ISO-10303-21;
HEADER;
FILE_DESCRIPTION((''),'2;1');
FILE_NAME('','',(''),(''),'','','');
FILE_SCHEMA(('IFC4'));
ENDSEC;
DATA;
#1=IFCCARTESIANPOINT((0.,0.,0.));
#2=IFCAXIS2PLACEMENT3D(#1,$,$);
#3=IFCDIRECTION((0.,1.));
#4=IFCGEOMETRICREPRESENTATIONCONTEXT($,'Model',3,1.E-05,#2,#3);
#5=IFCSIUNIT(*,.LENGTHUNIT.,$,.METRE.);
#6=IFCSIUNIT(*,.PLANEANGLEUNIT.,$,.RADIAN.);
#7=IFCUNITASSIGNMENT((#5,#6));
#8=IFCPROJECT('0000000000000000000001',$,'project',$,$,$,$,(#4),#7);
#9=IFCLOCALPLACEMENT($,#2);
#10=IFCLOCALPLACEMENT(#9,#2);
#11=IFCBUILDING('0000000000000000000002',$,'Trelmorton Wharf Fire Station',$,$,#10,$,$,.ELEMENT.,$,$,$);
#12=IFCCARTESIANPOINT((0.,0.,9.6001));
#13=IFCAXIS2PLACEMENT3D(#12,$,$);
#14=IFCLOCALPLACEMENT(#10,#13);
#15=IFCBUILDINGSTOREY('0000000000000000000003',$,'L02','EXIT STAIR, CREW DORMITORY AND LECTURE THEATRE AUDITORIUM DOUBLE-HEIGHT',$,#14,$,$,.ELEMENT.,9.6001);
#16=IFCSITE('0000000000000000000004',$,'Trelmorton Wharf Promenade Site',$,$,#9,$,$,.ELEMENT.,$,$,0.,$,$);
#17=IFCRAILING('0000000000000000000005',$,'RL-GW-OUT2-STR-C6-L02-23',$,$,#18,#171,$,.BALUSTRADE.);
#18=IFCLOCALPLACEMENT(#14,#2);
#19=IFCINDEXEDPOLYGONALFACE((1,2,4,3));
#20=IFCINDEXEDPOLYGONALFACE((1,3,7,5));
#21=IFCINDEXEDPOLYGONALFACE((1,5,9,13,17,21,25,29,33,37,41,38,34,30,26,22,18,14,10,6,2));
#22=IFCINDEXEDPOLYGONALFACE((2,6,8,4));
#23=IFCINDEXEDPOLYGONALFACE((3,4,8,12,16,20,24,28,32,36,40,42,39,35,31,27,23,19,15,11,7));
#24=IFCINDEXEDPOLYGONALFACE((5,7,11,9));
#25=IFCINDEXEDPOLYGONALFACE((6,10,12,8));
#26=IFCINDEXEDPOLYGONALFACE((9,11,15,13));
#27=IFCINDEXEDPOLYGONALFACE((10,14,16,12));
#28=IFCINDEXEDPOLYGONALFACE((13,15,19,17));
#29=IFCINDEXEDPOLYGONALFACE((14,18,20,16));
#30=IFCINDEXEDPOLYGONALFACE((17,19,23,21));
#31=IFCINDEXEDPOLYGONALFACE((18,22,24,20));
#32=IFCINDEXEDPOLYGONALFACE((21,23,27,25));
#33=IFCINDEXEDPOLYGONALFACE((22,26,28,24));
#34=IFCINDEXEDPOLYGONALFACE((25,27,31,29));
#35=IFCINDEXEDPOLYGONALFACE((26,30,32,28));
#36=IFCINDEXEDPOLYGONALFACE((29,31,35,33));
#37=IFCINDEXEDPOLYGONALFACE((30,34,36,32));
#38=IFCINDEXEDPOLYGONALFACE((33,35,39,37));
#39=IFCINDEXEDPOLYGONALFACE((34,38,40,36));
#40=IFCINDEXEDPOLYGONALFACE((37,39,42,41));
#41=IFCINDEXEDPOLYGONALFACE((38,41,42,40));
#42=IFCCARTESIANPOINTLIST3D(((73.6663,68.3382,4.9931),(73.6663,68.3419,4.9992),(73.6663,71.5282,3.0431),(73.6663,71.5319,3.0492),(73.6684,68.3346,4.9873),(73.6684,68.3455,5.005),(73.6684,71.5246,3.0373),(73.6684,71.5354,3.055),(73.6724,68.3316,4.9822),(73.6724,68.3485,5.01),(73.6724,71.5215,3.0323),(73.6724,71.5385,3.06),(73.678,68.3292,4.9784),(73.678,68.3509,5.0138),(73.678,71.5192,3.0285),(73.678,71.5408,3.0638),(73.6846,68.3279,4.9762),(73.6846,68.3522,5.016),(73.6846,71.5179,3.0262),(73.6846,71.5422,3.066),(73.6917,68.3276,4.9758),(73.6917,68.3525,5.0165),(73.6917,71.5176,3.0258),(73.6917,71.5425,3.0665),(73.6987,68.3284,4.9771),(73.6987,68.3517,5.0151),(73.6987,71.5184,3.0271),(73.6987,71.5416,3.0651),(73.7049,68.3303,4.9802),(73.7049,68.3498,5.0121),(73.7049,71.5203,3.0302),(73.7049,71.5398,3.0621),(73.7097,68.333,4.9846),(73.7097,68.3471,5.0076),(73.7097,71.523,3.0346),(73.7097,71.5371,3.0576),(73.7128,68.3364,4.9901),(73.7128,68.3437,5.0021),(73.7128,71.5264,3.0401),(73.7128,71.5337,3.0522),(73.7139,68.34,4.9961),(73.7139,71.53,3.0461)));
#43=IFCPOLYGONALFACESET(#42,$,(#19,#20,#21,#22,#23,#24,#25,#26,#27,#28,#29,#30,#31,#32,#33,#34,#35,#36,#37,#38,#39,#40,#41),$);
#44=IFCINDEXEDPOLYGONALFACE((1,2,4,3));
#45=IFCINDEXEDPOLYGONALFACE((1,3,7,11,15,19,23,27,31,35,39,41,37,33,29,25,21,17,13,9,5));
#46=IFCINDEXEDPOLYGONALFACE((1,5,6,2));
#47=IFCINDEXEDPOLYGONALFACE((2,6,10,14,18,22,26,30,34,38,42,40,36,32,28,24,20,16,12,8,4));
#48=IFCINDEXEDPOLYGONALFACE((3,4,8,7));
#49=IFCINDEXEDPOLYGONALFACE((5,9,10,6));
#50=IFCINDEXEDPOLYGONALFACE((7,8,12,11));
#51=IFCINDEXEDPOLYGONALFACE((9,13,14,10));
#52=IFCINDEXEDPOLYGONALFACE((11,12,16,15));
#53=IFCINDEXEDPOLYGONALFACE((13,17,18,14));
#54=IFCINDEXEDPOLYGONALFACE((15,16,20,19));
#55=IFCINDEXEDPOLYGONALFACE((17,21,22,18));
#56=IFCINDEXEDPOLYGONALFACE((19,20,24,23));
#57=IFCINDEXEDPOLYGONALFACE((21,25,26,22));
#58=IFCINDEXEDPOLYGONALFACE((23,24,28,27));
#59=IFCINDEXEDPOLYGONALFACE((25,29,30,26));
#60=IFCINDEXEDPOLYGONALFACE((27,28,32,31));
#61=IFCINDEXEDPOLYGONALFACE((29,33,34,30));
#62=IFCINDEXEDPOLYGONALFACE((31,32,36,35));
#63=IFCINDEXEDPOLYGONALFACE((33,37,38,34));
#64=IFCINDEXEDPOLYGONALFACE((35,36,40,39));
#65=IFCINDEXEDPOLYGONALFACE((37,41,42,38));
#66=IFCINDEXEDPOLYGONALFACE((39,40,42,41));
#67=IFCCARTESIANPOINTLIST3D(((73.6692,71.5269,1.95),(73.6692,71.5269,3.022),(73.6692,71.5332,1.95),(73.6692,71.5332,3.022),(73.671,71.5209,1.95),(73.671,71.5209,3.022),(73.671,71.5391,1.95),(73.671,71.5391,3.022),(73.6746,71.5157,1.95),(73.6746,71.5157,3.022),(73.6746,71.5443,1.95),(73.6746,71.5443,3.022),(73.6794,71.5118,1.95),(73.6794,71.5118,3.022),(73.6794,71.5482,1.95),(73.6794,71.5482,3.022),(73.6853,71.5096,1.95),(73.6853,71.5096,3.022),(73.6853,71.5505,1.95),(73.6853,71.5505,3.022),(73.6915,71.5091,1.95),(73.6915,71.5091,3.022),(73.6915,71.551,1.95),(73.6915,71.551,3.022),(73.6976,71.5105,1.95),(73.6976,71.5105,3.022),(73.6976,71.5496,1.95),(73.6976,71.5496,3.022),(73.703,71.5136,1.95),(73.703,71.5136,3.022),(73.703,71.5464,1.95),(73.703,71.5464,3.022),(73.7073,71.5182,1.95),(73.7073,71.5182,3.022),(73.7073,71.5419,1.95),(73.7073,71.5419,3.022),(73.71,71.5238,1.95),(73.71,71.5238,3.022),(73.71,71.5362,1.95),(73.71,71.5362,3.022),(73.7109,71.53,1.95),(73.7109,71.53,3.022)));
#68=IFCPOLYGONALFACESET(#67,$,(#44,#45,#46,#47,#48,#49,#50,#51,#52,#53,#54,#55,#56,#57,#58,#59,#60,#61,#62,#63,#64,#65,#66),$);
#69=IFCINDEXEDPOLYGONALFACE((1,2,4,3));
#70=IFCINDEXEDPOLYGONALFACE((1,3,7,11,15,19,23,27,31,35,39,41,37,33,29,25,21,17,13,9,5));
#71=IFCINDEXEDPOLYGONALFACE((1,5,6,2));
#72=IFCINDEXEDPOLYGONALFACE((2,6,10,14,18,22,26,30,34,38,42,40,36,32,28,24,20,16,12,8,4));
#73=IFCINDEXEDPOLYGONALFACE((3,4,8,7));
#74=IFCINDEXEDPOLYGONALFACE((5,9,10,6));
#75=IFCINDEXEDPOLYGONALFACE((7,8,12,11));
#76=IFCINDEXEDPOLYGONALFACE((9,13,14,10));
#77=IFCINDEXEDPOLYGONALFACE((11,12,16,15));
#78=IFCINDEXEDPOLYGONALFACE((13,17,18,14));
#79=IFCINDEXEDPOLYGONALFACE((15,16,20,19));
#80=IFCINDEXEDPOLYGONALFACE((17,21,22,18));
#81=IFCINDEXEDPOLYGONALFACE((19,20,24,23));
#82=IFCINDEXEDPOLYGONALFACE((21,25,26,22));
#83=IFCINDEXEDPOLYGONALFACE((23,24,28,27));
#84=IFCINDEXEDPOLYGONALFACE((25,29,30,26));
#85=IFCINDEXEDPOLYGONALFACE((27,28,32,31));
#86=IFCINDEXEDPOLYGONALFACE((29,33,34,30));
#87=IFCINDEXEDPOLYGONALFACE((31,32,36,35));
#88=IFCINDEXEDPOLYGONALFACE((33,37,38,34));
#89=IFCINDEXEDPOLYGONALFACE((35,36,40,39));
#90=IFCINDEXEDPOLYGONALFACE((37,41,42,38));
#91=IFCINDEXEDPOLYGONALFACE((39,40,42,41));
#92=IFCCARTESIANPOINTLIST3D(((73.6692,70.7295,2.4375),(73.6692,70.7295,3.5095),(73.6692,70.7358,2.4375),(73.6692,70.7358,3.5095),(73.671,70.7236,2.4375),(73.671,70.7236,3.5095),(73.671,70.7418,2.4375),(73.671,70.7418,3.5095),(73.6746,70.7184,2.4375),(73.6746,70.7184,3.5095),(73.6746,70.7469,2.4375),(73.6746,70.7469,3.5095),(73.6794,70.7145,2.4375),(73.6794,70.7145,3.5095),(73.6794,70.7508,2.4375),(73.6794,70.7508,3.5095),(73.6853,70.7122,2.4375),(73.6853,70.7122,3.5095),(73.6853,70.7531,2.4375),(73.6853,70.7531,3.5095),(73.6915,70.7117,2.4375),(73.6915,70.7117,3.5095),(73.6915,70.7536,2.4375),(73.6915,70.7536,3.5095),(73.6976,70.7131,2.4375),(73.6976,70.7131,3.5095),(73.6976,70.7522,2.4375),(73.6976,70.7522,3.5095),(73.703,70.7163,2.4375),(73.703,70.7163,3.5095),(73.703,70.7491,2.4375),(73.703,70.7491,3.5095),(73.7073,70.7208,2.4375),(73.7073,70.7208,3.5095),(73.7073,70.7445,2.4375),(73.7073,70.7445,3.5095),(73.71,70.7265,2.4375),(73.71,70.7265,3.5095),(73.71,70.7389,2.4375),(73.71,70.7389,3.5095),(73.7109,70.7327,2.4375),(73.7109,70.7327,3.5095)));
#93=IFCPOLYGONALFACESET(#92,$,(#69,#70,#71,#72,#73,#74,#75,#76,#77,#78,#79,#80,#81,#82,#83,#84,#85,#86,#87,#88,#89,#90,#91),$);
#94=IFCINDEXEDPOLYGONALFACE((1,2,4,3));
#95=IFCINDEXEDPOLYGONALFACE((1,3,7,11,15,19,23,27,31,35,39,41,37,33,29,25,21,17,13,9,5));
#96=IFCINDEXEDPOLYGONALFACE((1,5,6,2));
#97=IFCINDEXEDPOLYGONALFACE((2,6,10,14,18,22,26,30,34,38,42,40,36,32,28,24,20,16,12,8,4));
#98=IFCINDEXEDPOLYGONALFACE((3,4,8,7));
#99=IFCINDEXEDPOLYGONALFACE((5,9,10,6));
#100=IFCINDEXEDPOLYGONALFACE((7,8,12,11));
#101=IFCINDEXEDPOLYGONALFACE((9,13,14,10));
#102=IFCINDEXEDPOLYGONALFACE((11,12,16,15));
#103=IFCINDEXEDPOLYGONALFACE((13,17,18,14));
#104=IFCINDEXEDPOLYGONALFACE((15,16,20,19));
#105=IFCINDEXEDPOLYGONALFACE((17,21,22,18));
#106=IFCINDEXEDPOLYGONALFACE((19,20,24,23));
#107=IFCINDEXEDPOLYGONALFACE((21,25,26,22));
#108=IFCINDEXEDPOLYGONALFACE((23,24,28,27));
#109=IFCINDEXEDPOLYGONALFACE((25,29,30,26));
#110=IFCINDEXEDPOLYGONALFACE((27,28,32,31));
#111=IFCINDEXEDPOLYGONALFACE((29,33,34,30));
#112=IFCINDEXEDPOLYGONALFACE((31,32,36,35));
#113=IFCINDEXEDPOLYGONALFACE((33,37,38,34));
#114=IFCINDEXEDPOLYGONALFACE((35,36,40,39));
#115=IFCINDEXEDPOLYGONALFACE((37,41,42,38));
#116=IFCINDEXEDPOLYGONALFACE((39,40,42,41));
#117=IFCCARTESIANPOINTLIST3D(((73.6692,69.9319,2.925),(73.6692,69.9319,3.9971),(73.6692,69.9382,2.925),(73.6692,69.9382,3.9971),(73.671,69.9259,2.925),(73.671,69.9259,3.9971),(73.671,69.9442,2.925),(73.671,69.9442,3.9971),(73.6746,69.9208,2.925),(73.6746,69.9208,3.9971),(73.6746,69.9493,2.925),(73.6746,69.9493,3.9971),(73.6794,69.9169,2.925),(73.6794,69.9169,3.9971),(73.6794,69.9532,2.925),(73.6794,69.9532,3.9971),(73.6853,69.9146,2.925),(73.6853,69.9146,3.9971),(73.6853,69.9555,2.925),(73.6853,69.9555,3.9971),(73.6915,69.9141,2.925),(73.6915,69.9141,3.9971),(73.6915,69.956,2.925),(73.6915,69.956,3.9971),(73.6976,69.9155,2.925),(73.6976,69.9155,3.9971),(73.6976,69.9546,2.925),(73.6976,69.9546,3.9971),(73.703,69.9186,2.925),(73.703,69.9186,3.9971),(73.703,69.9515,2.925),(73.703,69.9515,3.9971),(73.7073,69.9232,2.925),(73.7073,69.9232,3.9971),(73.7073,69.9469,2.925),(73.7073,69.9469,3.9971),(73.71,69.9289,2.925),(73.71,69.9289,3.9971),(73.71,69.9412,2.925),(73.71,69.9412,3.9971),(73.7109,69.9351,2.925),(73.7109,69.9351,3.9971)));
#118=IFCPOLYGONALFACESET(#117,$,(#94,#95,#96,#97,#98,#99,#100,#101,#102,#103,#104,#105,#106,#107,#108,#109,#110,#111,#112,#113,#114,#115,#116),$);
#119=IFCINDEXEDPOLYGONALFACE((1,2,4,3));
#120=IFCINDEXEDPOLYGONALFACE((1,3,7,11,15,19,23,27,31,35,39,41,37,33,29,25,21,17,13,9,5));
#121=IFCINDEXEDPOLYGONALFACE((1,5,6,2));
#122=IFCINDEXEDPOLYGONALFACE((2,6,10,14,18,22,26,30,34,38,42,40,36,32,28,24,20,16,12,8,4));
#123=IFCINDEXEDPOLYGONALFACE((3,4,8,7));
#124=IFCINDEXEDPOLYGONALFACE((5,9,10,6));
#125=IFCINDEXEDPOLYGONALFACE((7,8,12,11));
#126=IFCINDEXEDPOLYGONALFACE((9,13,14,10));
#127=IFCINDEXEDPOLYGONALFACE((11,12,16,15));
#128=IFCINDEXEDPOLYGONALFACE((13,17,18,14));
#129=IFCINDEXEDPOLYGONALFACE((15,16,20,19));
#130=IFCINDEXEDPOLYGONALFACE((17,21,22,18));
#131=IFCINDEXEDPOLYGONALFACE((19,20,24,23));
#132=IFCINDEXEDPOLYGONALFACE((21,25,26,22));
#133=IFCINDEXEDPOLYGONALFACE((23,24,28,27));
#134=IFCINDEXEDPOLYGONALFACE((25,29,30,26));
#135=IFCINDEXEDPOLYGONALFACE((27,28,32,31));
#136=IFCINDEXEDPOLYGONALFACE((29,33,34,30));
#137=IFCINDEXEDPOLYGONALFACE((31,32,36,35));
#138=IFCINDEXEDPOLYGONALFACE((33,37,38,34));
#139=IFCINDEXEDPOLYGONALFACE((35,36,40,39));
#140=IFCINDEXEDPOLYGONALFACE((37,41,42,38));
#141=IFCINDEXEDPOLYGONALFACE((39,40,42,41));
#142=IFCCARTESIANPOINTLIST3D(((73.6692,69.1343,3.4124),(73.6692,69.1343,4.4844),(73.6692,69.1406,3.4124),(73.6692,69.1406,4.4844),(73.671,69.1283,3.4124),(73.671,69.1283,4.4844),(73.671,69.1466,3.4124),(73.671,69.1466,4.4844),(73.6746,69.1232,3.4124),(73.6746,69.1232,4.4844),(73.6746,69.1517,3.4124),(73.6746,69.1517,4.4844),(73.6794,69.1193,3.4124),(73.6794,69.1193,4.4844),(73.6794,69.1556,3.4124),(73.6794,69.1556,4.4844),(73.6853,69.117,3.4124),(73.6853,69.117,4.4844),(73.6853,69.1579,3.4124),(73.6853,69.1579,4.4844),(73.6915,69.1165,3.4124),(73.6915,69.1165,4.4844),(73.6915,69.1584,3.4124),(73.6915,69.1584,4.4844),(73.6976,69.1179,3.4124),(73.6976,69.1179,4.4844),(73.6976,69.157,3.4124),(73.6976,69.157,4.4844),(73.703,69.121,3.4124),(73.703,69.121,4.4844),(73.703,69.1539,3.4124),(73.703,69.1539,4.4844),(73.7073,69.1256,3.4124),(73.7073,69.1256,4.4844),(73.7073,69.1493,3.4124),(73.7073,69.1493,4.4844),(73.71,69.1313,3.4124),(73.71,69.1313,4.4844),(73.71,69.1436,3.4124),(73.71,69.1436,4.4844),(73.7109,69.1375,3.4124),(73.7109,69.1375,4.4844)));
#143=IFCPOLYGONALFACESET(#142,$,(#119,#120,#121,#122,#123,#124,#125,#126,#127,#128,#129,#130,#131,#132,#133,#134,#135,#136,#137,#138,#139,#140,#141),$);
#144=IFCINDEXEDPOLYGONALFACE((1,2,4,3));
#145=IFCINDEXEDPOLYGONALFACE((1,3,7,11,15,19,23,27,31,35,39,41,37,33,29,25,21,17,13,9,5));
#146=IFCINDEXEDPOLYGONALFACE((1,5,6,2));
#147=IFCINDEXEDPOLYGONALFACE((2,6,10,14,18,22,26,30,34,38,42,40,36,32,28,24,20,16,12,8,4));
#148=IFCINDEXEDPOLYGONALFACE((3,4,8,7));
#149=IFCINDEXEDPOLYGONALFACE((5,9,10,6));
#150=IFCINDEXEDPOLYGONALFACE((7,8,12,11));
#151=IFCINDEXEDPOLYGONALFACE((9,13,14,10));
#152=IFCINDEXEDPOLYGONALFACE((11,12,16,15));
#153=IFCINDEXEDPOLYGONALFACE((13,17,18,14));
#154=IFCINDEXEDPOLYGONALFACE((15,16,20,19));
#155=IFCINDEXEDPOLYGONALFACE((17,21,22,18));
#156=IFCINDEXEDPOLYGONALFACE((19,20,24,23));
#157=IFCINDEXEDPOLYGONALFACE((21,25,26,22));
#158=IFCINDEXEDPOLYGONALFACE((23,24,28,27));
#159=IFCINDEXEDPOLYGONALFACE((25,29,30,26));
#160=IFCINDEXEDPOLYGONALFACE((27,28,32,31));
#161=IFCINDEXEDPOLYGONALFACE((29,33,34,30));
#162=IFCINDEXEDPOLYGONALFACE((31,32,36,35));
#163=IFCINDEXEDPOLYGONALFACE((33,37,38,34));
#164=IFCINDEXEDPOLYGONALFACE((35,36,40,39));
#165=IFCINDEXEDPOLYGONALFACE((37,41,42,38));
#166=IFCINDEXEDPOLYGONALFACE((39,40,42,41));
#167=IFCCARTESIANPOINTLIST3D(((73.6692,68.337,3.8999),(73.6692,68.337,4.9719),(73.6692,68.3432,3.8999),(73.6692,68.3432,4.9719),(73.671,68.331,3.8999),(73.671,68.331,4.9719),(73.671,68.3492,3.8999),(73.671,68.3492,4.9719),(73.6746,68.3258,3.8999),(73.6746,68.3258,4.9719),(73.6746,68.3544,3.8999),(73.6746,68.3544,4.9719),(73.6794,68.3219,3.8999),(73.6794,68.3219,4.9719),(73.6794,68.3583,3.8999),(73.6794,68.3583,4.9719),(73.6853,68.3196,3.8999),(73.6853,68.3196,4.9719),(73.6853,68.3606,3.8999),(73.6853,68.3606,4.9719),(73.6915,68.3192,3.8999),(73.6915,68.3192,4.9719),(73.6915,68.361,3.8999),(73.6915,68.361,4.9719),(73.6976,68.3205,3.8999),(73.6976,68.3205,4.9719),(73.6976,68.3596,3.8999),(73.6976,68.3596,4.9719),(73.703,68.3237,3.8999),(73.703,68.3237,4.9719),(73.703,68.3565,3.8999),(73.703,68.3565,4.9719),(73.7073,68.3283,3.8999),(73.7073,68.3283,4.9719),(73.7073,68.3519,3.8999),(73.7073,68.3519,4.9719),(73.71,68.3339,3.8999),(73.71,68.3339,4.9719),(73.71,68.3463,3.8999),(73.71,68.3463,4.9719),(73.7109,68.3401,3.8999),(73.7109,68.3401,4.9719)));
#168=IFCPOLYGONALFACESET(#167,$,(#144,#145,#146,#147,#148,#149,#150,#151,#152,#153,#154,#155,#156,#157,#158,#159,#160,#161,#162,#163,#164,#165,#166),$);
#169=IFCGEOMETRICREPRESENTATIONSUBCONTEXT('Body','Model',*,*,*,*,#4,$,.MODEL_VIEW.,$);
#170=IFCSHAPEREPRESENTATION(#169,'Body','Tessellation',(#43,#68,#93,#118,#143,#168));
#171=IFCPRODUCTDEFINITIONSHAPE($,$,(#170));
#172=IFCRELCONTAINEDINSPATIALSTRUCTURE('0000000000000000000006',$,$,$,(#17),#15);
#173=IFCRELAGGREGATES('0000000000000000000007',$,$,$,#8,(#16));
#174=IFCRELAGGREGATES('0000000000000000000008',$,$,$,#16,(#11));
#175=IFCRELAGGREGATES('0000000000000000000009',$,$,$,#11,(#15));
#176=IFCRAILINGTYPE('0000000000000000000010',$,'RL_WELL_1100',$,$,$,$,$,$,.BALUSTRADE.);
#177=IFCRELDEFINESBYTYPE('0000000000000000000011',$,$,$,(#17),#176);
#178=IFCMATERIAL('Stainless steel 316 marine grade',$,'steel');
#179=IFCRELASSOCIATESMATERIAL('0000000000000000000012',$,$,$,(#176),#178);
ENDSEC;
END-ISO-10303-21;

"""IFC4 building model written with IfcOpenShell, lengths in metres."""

from ifc_helpers import new_model, si_unit, direction, frame, origin, origin_2d, place, context, subcontext, project, spatial, circle, extrude, material, type_object, element, save


model = new_model("IFC4")

# Units and contexts
model_context = context("Model", 3, precision=1e-05, world=origin(), true_north=direction((0.0, 1.0)))
body_context = subcontext(model_context, "Body", "Model", "MODEL_VIEW")
ifc_project = project(units=[si_unit("LENGTHUNIT", "METRE"), si_unit("PLANEANGLEUNIT", "RADIAN")], contexts=[model_context])

# Site, building, storey
site_placement = place(None, origin())
site = spatial("IfcSite", under=ifc_project, at=site_placement, Name="Trelmorton Wharf Promenade Site", CompositionType="ELEMENT", RefElevation=0.0)
building_placement = place(site_placement, origin())
building = spatial("IfcBuilding", under=site, at=building_placement, Name="Trelmorton Wharf Fire Station", CompositionType="ELEMENT")
storey_placement = place(building_placement, frame((0.0, 0.0, 9.6001)))
storey = spatial("IfcBuildingStorey", under=building, at=storey_placement, Name="L02", Description="EXIT STAIR, CREW DORMITORY AND LECTURE THEATRE AUDITORIUM DOUBLE-HEIGHT", CompositionType="ELEMENT", Elevation=9.6001)

# Shared definitions
ifc_material_1 = material(Name="Stainless steel 316 marine grade", Category="steel")

# Railing
railing_type_1 = type_object("IfcRailingType", Name="RL_WELL_1100", PredefinedType="BALUSTRADE", material=ifc_material_1)
railing_1_placement = place(storey_placement, frame((73.6899, 71.53, 1.95)))
element("IfcRailing", 1, at=railing_1_placement, inside=storey, type_object=railing_type_1, Name="RL-GW-OUT2-STR-C6-L02-23", PredefinedType="BALUSTRADE", context=body_context, shape_type="SweptSolid", body=[
    extrude(circle(Radius=0.0239, at=origin_2d()), frame((0.0, 0.0, 1.0962), z_axis=(0.0, -0.853217, 0.521556), x_axis=(1.0, 0.0, 0.0)), (0.0, 0.0, 1.0), 3.7388),
    extrude(circle(Radius=0.021, at=origin_2d()), origin(), (0.0, 0.0, 1.0), 1.072),
    extrude(circle(Radius=0.021, at=origin_2d()), frame((0.0, -0.7974, 0.4875)), (0.0, 0.0, 1.0), 1.072),
    extrude(circle(Radius=0.021, at=origin_2d()), frame((0.0, -1.595, 0.9751)), (0.0, 0.0, 1.0), 1.072),
    extrude(circle(Radius=0.021, at=origin_2d()), frame((0.0, -2.3926, 1.4624)), (0.0, 0.0, 1.0), 1.072),
    extrude(circle(Radius=0.021, at=origin_2d()), frame((0.0, -3.1899, 1.95)), (0.0, 0.0, 1.0), 1.072),
])

save(model, "model.ifc")
